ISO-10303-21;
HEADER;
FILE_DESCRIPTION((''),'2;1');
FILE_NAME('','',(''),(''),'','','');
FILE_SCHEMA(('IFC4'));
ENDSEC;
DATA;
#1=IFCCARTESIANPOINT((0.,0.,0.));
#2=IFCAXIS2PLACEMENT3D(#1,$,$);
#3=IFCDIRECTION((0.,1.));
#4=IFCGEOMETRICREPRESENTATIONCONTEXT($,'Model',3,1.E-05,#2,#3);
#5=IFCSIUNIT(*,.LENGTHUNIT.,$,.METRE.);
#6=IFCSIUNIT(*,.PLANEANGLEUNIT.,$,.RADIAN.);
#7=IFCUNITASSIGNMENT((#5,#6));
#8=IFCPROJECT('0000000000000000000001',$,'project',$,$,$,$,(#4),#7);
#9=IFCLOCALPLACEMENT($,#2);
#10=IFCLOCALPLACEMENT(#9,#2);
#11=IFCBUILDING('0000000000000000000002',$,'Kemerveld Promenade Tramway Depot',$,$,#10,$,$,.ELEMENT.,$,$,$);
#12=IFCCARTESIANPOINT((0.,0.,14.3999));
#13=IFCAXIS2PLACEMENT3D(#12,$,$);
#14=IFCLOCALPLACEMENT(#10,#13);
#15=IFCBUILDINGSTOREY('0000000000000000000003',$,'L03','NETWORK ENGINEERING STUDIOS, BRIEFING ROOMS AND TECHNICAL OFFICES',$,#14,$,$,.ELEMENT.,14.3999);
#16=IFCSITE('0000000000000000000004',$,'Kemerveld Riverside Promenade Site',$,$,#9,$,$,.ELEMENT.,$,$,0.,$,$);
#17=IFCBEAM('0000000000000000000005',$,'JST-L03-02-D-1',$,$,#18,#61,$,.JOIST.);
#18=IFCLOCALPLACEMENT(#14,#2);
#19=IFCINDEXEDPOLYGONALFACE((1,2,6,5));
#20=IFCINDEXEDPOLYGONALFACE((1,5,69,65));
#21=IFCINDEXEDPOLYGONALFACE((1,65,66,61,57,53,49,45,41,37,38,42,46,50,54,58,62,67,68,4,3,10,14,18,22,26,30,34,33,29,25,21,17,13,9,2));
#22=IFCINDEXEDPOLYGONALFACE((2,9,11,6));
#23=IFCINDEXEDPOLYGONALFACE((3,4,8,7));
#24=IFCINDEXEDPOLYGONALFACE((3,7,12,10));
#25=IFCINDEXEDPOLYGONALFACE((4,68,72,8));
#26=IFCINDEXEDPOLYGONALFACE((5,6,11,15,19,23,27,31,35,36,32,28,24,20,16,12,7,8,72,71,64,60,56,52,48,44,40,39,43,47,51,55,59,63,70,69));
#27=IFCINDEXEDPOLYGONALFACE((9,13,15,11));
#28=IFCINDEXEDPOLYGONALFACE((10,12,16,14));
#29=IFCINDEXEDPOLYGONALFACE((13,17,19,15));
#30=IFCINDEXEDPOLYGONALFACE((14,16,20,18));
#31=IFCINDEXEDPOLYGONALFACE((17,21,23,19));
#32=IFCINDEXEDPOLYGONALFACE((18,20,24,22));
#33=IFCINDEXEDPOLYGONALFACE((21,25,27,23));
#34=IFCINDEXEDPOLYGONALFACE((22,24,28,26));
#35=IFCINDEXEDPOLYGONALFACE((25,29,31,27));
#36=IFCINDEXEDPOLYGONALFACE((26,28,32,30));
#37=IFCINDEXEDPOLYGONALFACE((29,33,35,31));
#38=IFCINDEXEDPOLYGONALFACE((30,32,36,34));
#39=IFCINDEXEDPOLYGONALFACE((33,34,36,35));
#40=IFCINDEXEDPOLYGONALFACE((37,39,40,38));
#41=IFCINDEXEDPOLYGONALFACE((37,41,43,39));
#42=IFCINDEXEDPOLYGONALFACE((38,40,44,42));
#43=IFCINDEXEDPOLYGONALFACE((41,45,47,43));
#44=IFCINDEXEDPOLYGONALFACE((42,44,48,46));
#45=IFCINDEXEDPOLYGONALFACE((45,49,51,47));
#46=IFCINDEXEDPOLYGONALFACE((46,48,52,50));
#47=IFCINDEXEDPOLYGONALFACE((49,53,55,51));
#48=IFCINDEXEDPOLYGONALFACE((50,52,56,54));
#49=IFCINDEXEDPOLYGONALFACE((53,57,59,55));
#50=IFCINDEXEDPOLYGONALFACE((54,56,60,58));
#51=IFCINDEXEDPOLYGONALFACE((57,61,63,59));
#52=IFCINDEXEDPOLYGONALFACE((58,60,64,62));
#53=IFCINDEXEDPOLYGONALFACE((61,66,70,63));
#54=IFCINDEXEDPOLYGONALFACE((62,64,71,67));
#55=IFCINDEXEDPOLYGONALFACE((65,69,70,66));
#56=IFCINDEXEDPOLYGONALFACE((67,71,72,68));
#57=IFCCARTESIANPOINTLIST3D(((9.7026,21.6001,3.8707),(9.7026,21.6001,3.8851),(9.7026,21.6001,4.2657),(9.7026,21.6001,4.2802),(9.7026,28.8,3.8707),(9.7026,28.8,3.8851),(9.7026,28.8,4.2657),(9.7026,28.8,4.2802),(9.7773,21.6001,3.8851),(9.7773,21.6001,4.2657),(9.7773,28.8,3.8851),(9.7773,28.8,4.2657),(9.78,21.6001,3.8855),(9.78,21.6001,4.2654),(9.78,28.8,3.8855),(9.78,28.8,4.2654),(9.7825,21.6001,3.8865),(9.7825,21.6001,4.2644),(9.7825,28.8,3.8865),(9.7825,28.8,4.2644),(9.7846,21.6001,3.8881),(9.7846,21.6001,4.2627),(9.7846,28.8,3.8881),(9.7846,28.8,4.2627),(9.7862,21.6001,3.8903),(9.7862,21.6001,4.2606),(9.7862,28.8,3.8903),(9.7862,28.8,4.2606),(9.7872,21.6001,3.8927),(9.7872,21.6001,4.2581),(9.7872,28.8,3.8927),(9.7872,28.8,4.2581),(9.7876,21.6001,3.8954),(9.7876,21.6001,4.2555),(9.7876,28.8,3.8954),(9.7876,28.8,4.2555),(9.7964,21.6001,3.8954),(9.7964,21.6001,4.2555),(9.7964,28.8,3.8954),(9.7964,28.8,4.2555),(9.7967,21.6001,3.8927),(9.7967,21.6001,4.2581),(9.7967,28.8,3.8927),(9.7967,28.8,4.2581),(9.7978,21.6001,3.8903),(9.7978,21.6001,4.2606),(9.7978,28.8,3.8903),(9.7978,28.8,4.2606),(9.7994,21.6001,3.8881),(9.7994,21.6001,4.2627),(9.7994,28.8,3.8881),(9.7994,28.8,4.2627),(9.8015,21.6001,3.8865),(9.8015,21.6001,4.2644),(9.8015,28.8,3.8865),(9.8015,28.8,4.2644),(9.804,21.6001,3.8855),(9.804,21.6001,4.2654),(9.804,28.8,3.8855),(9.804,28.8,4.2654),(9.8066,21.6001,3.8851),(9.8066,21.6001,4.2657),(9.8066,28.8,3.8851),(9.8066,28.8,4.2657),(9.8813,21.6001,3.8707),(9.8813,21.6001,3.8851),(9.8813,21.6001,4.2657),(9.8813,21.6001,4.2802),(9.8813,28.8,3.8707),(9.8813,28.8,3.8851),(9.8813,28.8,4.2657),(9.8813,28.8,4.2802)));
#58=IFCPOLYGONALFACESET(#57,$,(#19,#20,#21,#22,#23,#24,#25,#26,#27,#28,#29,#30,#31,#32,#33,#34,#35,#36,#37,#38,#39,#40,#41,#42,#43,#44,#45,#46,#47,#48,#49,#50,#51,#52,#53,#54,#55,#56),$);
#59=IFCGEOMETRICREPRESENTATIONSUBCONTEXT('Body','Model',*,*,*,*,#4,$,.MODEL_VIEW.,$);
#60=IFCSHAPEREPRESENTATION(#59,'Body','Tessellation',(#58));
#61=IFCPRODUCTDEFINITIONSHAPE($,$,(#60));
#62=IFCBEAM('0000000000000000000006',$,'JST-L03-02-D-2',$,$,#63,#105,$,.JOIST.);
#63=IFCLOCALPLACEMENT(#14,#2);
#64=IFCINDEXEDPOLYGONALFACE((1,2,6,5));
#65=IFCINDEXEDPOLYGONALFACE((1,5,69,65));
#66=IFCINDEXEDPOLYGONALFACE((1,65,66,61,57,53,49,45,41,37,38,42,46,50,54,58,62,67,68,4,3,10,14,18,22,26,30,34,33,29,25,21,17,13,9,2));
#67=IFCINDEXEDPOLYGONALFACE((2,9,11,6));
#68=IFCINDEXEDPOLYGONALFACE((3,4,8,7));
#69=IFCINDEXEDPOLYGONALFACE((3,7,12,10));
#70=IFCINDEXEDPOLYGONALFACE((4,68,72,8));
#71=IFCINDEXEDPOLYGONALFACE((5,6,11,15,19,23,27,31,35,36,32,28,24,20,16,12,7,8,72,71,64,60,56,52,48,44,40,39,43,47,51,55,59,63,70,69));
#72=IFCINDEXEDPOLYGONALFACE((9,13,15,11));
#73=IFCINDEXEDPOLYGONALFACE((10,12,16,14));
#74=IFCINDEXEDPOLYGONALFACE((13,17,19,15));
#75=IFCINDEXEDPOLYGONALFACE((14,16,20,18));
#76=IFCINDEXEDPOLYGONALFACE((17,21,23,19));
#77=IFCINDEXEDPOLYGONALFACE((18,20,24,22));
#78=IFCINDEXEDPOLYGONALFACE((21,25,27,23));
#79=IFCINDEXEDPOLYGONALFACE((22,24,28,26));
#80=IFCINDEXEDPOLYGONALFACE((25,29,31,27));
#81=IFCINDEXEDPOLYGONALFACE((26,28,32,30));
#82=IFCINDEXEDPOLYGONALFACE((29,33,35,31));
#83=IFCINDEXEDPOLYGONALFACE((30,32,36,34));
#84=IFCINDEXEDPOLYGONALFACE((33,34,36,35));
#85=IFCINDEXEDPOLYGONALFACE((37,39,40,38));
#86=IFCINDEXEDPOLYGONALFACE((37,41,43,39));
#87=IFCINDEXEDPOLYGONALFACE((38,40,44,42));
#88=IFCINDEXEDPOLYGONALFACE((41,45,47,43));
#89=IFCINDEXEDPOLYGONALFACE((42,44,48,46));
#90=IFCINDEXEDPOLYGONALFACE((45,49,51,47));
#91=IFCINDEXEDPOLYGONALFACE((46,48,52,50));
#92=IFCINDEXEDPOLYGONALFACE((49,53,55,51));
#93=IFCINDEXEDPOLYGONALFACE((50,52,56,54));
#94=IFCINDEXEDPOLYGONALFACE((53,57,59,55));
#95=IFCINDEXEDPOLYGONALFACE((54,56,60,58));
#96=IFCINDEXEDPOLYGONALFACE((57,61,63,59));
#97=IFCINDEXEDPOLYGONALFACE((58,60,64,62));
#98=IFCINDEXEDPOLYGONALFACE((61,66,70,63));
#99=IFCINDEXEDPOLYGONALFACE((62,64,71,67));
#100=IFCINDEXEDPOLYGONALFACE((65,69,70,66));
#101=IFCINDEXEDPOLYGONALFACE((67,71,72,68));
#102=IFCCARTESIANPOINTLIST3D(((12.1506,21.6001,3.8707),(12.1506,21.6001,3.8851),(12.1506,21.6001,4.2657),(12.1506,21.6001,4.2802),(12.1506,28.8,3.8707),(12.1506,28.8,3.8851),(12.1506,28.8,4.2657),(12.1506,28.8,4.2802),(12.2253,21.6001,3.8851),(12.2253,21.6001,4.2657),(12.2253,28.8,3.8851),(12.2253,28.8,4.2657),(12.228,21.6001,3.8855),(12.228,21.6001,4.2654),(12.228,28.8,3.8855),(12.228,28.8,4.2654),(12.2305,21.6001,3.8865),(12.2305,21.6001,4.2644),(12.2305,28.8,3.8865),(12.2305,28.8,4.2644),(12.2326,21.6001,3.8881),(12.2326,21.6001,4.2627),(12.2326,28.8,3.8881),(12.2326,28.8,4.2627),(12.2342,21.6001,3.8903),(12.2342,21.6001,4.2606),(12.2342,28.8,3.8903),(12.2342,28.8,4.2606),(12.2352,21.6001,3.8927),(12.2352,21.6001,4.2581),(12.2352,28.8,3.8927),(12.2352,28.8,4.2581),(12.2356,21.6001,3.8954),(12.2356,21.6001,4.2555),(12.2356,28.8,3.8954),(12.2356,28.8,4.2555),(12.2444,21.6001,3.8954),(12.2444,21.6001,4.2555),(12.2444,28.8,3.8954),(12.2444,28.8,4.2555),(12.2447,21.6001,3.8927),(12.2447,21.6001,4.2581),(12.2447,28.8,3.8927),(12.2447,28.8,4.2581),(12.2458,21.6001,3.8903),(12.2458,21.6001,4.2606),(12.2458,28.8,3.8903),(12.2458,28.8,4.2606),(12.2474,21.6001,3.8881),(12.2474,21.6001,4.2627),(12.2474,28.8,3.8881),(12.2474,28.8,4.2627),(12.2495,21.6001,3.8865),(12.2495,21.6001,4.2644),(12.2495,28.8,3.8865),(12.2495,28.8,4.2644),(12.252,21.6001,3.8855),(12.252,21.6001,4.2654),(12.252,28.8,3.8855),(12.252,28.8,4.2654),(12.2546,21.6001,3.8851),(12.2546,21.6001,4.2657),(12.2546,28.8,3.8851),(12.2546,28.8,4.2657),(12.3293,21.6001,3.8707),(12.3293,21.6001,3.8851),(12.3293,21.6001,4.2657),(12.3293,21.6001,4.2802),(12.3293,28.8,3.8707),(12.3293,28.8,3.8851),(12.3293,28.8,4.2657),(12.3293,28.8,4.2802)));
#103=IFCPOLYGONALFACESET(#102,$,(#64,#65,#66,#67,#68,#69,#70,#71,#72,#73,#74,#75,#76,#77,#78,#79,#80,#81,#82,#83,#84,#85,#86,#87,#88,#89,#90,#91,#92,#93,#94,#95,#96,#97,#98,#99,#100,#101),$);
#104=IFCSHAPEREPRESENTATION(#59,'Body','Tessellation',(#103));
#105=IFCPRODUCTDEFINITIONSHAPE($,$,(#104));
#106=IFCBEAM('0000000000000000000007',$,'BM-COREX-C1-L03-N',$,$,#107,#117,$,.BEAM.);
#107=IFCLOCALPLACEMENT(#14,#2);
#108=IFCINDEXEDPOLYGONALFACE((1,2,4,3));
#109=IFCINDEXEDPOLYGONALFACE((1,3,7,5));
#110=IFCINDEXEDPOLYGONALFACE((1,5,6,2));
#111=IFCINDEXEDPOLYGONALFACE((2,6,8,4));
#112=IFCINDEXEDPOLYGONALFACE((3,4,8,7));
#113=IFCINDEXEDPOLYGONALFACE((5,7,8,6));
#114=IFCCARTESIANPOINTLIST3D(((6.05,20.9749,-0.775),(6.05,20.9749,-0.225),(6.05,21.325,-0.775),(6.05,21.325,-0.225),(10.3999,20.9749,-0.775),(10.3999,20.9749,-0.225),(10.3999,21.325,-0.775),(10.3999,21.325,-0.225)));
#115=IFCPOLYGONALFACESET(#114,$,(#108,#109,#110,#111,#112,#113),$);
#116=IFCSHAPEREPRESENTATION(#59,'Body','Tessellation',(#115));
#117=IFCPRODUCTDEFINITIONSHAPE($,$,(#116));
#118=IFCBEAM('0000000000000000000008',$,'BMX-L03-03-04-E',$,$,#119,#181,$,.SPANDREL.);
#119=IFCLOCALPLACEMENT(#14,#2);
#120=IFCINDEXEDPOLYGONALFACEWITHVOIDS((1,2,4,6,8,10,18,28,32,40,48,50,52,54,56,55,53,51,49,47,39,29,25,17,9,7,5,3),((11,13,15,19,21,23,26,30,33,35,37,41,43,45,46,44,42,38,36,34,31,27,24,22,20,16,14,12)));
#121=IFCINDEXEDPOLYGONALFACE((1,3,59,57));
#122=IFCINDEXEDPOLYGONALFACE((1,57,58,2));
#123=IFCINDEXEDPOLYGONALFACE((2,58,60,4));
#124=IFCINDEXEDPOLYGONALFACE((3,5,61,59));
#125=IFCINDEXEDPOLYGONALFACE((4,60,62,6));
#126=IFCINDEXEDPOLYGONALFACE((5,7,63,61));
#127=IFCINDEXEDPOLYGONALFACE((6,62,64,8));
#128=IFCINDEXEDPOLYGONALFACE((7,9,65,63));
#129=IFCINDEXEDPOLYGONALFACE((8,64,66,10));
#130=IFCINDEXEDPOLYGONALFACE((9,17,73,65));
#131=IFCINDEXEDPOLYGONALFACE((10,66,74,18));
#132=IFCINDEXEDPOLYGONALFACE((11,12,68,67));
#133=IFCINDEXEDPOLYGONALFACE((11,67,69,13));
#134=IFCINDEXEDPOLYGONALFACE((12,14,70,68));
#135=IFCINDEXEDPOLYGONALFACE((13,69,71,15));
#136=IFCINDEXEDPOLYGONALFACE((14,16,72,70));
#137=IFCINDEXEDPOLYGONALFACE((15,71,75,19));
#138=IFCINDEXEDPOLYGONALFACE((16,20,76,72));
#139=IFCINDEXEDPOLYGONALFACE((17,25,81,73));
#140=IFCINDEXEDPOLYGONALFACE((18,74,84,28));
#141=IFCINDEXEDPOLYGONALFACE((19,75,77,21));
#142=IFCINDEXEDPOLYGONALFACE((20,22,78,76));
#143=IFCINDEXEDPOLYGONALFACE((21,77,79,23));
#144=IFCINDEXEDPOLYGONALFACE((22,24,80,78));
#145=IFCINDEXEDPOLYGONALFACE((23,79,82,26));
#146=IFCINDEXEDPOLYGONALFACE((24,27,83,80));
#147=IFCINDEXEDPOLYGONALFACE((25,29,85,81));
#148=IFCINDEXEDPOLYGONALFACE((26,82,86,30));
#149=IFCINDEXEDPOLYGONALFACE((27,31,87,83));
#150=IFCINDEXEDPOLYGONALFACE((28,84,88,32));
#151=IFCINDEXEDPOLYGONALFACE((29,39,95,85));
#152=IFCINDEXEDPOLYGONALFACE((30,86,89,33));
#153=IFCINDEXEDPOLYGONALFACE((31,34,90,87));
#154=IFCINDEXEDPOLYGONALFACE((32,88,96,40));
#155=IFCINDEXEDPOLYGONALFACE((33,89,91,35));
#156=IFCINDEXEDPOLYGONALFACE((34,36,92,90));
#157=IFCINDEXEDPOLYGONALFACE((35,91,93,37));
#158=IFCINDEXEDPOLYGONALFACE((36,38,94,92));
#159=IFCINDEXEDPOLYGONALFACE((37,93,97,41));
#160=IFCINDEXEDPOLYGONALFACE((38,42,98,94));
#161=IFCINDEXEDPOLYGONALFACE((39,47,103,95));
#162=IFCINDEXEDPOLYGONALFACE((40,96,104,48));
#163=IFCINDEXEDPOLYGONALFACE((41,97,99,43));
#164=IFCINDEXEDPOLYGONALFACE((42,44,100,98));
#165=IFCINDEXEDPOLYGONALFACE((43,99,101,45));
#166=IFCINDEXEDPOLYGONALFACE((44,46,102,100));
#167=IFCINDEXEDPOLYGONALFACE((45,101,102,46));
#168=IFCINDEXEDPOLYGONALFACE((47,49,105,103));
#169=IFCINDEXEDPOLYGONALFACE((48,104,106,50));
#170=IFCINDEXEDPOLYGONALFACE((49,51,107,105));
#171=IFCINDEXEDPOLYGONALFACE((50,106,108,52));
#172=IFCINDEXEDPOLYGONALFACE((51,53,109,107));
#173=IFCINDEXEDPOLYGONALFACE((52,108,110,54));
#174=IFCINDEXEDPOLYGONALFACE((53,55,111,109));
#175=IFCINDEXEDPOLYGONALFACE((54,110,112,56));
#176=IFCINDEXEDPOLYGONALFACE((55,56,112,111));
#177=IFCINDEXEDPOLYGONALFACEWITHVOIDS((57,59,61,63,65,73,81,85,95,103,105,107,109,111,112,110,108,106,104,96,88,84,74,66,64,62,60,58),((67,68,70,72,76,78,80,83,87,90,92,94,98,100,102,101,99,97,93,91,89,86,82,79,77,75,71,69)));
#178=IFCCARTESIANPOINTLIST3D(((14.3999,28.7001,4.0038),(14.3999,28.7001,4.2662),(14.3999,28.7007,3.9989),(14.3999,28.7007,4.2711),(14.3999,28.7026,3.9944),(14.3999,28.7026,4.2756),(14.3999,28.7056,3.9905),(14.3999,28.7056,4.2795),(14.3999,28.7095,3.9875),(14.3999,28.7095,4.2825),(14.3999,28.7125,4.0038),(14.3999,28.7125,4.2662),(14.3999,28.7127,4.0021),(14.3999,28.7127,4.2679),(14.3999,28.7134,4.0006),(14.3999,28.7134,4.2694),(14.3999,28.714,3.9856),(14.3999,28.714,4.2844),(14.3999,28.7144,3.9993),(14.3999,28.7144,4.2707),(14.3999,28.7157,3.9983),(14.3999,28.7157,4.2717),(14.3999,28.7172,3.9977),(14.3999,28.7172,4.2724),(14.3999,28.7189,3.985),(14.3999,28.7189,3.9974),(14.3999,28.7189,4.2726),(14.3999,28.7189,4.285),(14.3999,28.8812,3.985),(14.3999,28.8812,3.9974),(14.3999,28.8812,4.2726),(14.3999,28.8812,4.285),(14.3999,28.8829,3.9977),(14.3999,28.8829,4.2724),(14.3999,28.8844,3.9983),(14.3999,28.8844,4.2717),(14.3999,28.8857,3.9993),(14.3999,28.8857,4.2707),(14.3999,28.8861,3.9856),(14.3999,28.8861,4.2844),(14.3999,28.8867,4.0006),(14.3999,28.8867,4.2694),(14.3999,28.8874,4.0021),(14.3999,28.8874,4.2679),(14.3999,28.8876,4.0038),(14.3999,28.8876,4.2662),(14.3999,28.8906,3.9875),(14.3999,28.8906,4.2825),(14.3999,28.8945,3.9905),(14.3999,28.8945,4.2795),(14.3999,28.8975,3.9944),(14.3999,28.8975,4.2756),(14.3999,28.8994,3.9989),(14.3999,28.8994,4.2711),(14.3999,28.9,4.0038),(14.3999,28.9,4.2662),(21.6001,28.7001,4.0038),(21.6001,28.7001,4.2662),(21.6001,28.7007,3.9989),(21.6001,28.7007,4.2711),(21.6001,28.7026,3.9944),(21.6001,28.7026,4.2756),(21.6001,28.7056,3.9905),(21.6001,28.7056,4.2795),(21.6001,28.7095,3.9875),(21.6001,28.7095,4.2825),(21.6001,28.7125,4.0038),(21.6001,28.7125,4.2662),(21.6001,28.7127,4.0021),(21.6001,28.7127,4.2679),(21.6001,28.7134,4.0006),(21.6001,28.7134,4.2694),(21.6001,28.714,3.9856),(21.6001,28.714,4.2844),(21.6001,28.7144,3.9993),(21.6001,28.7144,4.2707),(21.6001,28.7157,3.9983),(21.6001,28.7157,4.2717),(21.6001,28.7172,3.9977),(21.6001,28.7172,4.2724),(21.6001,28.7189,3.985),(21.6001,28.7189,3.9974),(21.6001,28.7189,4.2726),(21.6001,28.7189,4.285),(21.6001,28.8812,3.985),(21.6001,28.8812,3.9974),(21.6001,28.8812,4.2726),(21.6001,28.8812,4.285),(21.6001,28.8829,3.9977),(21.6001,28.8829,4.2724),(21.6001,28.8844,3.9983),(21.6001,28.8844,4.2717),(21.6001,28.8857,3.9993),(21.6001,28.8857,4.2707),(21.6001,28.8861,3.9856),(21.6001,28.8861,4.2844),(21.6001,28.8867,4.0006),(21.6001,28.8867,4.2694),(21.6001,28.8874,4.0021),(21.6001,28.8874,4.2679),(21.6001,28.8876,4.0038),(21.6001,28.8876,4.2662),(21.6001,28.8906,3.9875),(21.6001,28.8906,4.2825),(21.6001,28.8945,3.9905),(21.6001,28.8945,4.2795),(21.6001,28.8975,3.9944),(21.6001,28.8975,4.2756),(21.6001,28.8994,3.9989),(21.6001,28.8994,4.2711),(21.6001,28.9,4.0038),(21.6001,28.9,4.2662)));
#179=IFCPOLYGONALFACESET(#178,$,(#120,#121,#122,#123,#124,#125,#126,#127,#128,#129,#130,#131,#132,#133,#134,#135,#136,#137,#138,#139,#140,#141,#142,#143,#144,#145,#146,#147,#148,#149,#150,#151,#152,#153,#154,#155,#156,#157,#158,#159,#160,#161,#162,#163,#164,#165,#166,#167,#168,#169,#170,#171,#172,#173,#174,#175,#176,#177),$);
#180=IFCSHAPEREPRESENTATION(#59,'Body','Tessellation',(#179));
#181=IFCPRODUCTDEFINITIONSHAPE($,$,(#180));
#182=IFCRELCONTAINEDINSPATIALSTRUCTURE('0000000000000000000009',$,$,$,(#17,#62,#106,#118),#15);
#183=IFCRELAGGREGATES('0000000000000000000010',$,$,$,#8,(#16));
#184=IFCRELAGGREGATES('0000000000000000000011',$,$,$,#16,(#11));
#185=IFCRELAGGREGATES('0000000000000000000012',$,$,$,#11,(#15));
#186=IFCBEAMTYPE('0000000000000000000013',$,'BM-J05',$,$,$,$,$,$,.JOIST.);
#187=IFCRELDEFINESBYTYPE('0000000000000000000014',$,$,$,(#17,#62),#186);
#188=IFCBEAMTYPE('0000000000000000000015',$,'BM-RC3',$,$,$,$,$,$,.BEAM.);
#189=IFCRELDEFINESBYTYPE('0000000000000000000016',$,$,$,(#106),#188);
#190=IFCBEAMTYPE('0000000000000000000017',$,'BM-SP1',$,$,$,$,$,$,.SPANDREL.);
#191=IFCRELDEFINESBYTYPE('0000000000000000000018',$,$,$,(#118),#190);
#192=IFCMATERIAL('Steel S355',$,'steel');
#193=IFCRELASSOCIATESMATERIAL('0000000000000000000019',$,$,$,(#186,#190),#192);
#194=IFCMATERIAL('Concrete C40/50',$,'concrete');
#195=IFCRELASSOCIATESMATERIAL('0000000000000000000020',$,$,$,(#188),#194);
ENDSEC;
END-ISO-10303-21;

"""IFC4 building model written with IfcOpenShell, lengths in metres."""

from ifc_helpers import new_model, si_unit, direction, frame, origin, origin_2d, place, context, subcontext, project, spatial, rectangle, hollow_rectangle, i_section, extrude, material, material_profile, profile_set, type_object, element, save


model = new_model("IFC4")

# Units and contexts
model_context = context("Model", 3, precision=1e-05, world=origin(), true_north=direction((0.0, 1.0)))
body_context = subcontext(model_context, "Body", "Model", "MODEL_VIEW")
ifc_project = project(units=[si_unit("LENGTHUNIT", "METRE"), si_unit("PLANEANGLEUNIT", "RADIAN")], contexts=[model_context])

# Site, building, storey
site_placement = place(None, origin())
site = spatial("IfcSite", under=ifc_project, at=site_placement, Name="Kemerveld Riverside Promenade Site", CompositionType="ELEMENT", RefElevation=0.0)
building_placement = place(site_placement, origin())
building = spatial("IfcBuilding", under=site, at=building_placement, Name="Kemerveld Promenade Tramway Depot", CompositionType="ELEMENT")
storey_placement = place(building_placement, frame((0.0, 0.0, 14.3999)))
storey = spatial("IfcBuildingStorey", under=building, at=storey_placement, Name="L03", Description="NETWORK ENGINEERING STUDIOS, BRIEFING ROOMS AND TECHNICAL OFFICES", CompositionType="ELEMENT", Elevation=14.3999)

# Shared definitions
ifc_material_1 = material(Name="Steel S355", Category="steel")

# Beams
ifc_material_profile_1 = material_profile(ifc_material_1, i_section(OverallWidth=0.1787, OverallDepth=0.4094, WebThickness=0.0088, FlangeThickness=0.0144, FilletRadius=0.0103, at=origin_2d()), Name="406x178x67 UB")
ifc_profile_set_1 = profile_set([ifc_material_profile_1], Name="Steel S355")
beam_type_1 = type_object("IfcBeamType", Name="BM-J05", PredefinedType="JOIST", material=ifc_profile_set_1)
for number, where, z_axis, x_axis, name in (
    (1, (9.792, 21.6001, 4.0754), (0.0, 1.0, 0.0), (-1.0, 0.0, 0.0), "JST-L03-02-D-1"),
    (2, (12.24, 21.6001, 4.0754), (0.0, 1.0, 0.0), (-1.0, 0.0, 0.0), "JST-L03-02-D-2"),
):
    element("IfcBeam", number, at=place(storey_placement, frame(where, z_axis=z_axis, x_axis=x_axis)), inside=storey, type_object=beam_type_1, Name=name, PredefinedType="JOIST", context=body_context, shape_type="SweptSolid", body=[
        extrude(i_section(OverallWidth=0.1787, OverallDepth=0.4094, WebThickness=0.0088, FlangeThickness=0.0144, FilletRadius=0.0103, at=origin_2d()), origin(), (0.0, 0.0, 1.0), 7.2),
    ])
ifc_material_2 = material(Name="Concrete C40/50", Category="concrete")
ifc_material_profile_2 = material_profile(ifc_material_2, rectangle(XDim=0.3501, YDim=0.55, at=origin_2d()), Name="RC-BM-350x550")
ifc_profile_set_2 = profile_set([ifc_material_profile_2], Name="Concrete C40/50")
beam_type_2 = type_object("IfcBeamType", Name="BM-RC3", PredefinedType="BEAM", material=ifc_profile_set_2)
beam_1_placement = place(storey_placement, frame((6.05, 21.1499, -0.5), z_axis=(1.0, 0.0, 0.0), x_axis=(0.0, 1.0, 0.0)))
element("IfcBeam", 3, at=beam_1_placement, inside=storey, type_object=beam_type_2, Name="BM-COREX-C1-L03-N", PredefinedType="BEAM", context=body_context, shape_type="SweptSolid", body=[
    extrude(rectangle(XDim=0.3501, YDim=0.55, at=origin_2d()), origin(), (0.0, 0.0, 1.0), 4.3499),
])
ifc_material_profile_3 = material_profile(ifc_material_1, hollow_rectangle(XDim=0.2, YDim=0.3, WallThickness=0.0125, InnerFilletRadius=0.0063, OuterFilletRadius=0.0188, at=origin_2d()), Name="300x200x12.5 RHS")
ifc_profile_set_3 = profile_set([ifc_material_profile_3], Name="Steel S355")
beam_type_3 = type_object("IfcBeamType", Name="BM-SP1", PredefinedType="SPANDREL", material=ifc_profile_set_3)
beam_2_placement = place(storey_placement, frame((14.3999, 28.8, 4.135), z_axis=(1.0, 0.0, 0.0), x_axis=(0.0, 1.0, 0.0)))
element("IfcBeam", 4, at=beam_2_placement, inside=storey, type_object=beam_type_3, Name="BMX-L03-03-04-E", PredefinedType="SPANDREL", context=body_context, shape_type="SweptSolid", body=[
    extrude(hollow_rectangle(XDim=0.2, YDim=0.3, WallThickness=0.0125, InnerFilletRadius=0.0063, OuterFilletRadius=0.0188, at=origin_2d()), origin(), (0.0, 0.0, 1.0), 7.2002),
])

save(model, "model.ifc")
